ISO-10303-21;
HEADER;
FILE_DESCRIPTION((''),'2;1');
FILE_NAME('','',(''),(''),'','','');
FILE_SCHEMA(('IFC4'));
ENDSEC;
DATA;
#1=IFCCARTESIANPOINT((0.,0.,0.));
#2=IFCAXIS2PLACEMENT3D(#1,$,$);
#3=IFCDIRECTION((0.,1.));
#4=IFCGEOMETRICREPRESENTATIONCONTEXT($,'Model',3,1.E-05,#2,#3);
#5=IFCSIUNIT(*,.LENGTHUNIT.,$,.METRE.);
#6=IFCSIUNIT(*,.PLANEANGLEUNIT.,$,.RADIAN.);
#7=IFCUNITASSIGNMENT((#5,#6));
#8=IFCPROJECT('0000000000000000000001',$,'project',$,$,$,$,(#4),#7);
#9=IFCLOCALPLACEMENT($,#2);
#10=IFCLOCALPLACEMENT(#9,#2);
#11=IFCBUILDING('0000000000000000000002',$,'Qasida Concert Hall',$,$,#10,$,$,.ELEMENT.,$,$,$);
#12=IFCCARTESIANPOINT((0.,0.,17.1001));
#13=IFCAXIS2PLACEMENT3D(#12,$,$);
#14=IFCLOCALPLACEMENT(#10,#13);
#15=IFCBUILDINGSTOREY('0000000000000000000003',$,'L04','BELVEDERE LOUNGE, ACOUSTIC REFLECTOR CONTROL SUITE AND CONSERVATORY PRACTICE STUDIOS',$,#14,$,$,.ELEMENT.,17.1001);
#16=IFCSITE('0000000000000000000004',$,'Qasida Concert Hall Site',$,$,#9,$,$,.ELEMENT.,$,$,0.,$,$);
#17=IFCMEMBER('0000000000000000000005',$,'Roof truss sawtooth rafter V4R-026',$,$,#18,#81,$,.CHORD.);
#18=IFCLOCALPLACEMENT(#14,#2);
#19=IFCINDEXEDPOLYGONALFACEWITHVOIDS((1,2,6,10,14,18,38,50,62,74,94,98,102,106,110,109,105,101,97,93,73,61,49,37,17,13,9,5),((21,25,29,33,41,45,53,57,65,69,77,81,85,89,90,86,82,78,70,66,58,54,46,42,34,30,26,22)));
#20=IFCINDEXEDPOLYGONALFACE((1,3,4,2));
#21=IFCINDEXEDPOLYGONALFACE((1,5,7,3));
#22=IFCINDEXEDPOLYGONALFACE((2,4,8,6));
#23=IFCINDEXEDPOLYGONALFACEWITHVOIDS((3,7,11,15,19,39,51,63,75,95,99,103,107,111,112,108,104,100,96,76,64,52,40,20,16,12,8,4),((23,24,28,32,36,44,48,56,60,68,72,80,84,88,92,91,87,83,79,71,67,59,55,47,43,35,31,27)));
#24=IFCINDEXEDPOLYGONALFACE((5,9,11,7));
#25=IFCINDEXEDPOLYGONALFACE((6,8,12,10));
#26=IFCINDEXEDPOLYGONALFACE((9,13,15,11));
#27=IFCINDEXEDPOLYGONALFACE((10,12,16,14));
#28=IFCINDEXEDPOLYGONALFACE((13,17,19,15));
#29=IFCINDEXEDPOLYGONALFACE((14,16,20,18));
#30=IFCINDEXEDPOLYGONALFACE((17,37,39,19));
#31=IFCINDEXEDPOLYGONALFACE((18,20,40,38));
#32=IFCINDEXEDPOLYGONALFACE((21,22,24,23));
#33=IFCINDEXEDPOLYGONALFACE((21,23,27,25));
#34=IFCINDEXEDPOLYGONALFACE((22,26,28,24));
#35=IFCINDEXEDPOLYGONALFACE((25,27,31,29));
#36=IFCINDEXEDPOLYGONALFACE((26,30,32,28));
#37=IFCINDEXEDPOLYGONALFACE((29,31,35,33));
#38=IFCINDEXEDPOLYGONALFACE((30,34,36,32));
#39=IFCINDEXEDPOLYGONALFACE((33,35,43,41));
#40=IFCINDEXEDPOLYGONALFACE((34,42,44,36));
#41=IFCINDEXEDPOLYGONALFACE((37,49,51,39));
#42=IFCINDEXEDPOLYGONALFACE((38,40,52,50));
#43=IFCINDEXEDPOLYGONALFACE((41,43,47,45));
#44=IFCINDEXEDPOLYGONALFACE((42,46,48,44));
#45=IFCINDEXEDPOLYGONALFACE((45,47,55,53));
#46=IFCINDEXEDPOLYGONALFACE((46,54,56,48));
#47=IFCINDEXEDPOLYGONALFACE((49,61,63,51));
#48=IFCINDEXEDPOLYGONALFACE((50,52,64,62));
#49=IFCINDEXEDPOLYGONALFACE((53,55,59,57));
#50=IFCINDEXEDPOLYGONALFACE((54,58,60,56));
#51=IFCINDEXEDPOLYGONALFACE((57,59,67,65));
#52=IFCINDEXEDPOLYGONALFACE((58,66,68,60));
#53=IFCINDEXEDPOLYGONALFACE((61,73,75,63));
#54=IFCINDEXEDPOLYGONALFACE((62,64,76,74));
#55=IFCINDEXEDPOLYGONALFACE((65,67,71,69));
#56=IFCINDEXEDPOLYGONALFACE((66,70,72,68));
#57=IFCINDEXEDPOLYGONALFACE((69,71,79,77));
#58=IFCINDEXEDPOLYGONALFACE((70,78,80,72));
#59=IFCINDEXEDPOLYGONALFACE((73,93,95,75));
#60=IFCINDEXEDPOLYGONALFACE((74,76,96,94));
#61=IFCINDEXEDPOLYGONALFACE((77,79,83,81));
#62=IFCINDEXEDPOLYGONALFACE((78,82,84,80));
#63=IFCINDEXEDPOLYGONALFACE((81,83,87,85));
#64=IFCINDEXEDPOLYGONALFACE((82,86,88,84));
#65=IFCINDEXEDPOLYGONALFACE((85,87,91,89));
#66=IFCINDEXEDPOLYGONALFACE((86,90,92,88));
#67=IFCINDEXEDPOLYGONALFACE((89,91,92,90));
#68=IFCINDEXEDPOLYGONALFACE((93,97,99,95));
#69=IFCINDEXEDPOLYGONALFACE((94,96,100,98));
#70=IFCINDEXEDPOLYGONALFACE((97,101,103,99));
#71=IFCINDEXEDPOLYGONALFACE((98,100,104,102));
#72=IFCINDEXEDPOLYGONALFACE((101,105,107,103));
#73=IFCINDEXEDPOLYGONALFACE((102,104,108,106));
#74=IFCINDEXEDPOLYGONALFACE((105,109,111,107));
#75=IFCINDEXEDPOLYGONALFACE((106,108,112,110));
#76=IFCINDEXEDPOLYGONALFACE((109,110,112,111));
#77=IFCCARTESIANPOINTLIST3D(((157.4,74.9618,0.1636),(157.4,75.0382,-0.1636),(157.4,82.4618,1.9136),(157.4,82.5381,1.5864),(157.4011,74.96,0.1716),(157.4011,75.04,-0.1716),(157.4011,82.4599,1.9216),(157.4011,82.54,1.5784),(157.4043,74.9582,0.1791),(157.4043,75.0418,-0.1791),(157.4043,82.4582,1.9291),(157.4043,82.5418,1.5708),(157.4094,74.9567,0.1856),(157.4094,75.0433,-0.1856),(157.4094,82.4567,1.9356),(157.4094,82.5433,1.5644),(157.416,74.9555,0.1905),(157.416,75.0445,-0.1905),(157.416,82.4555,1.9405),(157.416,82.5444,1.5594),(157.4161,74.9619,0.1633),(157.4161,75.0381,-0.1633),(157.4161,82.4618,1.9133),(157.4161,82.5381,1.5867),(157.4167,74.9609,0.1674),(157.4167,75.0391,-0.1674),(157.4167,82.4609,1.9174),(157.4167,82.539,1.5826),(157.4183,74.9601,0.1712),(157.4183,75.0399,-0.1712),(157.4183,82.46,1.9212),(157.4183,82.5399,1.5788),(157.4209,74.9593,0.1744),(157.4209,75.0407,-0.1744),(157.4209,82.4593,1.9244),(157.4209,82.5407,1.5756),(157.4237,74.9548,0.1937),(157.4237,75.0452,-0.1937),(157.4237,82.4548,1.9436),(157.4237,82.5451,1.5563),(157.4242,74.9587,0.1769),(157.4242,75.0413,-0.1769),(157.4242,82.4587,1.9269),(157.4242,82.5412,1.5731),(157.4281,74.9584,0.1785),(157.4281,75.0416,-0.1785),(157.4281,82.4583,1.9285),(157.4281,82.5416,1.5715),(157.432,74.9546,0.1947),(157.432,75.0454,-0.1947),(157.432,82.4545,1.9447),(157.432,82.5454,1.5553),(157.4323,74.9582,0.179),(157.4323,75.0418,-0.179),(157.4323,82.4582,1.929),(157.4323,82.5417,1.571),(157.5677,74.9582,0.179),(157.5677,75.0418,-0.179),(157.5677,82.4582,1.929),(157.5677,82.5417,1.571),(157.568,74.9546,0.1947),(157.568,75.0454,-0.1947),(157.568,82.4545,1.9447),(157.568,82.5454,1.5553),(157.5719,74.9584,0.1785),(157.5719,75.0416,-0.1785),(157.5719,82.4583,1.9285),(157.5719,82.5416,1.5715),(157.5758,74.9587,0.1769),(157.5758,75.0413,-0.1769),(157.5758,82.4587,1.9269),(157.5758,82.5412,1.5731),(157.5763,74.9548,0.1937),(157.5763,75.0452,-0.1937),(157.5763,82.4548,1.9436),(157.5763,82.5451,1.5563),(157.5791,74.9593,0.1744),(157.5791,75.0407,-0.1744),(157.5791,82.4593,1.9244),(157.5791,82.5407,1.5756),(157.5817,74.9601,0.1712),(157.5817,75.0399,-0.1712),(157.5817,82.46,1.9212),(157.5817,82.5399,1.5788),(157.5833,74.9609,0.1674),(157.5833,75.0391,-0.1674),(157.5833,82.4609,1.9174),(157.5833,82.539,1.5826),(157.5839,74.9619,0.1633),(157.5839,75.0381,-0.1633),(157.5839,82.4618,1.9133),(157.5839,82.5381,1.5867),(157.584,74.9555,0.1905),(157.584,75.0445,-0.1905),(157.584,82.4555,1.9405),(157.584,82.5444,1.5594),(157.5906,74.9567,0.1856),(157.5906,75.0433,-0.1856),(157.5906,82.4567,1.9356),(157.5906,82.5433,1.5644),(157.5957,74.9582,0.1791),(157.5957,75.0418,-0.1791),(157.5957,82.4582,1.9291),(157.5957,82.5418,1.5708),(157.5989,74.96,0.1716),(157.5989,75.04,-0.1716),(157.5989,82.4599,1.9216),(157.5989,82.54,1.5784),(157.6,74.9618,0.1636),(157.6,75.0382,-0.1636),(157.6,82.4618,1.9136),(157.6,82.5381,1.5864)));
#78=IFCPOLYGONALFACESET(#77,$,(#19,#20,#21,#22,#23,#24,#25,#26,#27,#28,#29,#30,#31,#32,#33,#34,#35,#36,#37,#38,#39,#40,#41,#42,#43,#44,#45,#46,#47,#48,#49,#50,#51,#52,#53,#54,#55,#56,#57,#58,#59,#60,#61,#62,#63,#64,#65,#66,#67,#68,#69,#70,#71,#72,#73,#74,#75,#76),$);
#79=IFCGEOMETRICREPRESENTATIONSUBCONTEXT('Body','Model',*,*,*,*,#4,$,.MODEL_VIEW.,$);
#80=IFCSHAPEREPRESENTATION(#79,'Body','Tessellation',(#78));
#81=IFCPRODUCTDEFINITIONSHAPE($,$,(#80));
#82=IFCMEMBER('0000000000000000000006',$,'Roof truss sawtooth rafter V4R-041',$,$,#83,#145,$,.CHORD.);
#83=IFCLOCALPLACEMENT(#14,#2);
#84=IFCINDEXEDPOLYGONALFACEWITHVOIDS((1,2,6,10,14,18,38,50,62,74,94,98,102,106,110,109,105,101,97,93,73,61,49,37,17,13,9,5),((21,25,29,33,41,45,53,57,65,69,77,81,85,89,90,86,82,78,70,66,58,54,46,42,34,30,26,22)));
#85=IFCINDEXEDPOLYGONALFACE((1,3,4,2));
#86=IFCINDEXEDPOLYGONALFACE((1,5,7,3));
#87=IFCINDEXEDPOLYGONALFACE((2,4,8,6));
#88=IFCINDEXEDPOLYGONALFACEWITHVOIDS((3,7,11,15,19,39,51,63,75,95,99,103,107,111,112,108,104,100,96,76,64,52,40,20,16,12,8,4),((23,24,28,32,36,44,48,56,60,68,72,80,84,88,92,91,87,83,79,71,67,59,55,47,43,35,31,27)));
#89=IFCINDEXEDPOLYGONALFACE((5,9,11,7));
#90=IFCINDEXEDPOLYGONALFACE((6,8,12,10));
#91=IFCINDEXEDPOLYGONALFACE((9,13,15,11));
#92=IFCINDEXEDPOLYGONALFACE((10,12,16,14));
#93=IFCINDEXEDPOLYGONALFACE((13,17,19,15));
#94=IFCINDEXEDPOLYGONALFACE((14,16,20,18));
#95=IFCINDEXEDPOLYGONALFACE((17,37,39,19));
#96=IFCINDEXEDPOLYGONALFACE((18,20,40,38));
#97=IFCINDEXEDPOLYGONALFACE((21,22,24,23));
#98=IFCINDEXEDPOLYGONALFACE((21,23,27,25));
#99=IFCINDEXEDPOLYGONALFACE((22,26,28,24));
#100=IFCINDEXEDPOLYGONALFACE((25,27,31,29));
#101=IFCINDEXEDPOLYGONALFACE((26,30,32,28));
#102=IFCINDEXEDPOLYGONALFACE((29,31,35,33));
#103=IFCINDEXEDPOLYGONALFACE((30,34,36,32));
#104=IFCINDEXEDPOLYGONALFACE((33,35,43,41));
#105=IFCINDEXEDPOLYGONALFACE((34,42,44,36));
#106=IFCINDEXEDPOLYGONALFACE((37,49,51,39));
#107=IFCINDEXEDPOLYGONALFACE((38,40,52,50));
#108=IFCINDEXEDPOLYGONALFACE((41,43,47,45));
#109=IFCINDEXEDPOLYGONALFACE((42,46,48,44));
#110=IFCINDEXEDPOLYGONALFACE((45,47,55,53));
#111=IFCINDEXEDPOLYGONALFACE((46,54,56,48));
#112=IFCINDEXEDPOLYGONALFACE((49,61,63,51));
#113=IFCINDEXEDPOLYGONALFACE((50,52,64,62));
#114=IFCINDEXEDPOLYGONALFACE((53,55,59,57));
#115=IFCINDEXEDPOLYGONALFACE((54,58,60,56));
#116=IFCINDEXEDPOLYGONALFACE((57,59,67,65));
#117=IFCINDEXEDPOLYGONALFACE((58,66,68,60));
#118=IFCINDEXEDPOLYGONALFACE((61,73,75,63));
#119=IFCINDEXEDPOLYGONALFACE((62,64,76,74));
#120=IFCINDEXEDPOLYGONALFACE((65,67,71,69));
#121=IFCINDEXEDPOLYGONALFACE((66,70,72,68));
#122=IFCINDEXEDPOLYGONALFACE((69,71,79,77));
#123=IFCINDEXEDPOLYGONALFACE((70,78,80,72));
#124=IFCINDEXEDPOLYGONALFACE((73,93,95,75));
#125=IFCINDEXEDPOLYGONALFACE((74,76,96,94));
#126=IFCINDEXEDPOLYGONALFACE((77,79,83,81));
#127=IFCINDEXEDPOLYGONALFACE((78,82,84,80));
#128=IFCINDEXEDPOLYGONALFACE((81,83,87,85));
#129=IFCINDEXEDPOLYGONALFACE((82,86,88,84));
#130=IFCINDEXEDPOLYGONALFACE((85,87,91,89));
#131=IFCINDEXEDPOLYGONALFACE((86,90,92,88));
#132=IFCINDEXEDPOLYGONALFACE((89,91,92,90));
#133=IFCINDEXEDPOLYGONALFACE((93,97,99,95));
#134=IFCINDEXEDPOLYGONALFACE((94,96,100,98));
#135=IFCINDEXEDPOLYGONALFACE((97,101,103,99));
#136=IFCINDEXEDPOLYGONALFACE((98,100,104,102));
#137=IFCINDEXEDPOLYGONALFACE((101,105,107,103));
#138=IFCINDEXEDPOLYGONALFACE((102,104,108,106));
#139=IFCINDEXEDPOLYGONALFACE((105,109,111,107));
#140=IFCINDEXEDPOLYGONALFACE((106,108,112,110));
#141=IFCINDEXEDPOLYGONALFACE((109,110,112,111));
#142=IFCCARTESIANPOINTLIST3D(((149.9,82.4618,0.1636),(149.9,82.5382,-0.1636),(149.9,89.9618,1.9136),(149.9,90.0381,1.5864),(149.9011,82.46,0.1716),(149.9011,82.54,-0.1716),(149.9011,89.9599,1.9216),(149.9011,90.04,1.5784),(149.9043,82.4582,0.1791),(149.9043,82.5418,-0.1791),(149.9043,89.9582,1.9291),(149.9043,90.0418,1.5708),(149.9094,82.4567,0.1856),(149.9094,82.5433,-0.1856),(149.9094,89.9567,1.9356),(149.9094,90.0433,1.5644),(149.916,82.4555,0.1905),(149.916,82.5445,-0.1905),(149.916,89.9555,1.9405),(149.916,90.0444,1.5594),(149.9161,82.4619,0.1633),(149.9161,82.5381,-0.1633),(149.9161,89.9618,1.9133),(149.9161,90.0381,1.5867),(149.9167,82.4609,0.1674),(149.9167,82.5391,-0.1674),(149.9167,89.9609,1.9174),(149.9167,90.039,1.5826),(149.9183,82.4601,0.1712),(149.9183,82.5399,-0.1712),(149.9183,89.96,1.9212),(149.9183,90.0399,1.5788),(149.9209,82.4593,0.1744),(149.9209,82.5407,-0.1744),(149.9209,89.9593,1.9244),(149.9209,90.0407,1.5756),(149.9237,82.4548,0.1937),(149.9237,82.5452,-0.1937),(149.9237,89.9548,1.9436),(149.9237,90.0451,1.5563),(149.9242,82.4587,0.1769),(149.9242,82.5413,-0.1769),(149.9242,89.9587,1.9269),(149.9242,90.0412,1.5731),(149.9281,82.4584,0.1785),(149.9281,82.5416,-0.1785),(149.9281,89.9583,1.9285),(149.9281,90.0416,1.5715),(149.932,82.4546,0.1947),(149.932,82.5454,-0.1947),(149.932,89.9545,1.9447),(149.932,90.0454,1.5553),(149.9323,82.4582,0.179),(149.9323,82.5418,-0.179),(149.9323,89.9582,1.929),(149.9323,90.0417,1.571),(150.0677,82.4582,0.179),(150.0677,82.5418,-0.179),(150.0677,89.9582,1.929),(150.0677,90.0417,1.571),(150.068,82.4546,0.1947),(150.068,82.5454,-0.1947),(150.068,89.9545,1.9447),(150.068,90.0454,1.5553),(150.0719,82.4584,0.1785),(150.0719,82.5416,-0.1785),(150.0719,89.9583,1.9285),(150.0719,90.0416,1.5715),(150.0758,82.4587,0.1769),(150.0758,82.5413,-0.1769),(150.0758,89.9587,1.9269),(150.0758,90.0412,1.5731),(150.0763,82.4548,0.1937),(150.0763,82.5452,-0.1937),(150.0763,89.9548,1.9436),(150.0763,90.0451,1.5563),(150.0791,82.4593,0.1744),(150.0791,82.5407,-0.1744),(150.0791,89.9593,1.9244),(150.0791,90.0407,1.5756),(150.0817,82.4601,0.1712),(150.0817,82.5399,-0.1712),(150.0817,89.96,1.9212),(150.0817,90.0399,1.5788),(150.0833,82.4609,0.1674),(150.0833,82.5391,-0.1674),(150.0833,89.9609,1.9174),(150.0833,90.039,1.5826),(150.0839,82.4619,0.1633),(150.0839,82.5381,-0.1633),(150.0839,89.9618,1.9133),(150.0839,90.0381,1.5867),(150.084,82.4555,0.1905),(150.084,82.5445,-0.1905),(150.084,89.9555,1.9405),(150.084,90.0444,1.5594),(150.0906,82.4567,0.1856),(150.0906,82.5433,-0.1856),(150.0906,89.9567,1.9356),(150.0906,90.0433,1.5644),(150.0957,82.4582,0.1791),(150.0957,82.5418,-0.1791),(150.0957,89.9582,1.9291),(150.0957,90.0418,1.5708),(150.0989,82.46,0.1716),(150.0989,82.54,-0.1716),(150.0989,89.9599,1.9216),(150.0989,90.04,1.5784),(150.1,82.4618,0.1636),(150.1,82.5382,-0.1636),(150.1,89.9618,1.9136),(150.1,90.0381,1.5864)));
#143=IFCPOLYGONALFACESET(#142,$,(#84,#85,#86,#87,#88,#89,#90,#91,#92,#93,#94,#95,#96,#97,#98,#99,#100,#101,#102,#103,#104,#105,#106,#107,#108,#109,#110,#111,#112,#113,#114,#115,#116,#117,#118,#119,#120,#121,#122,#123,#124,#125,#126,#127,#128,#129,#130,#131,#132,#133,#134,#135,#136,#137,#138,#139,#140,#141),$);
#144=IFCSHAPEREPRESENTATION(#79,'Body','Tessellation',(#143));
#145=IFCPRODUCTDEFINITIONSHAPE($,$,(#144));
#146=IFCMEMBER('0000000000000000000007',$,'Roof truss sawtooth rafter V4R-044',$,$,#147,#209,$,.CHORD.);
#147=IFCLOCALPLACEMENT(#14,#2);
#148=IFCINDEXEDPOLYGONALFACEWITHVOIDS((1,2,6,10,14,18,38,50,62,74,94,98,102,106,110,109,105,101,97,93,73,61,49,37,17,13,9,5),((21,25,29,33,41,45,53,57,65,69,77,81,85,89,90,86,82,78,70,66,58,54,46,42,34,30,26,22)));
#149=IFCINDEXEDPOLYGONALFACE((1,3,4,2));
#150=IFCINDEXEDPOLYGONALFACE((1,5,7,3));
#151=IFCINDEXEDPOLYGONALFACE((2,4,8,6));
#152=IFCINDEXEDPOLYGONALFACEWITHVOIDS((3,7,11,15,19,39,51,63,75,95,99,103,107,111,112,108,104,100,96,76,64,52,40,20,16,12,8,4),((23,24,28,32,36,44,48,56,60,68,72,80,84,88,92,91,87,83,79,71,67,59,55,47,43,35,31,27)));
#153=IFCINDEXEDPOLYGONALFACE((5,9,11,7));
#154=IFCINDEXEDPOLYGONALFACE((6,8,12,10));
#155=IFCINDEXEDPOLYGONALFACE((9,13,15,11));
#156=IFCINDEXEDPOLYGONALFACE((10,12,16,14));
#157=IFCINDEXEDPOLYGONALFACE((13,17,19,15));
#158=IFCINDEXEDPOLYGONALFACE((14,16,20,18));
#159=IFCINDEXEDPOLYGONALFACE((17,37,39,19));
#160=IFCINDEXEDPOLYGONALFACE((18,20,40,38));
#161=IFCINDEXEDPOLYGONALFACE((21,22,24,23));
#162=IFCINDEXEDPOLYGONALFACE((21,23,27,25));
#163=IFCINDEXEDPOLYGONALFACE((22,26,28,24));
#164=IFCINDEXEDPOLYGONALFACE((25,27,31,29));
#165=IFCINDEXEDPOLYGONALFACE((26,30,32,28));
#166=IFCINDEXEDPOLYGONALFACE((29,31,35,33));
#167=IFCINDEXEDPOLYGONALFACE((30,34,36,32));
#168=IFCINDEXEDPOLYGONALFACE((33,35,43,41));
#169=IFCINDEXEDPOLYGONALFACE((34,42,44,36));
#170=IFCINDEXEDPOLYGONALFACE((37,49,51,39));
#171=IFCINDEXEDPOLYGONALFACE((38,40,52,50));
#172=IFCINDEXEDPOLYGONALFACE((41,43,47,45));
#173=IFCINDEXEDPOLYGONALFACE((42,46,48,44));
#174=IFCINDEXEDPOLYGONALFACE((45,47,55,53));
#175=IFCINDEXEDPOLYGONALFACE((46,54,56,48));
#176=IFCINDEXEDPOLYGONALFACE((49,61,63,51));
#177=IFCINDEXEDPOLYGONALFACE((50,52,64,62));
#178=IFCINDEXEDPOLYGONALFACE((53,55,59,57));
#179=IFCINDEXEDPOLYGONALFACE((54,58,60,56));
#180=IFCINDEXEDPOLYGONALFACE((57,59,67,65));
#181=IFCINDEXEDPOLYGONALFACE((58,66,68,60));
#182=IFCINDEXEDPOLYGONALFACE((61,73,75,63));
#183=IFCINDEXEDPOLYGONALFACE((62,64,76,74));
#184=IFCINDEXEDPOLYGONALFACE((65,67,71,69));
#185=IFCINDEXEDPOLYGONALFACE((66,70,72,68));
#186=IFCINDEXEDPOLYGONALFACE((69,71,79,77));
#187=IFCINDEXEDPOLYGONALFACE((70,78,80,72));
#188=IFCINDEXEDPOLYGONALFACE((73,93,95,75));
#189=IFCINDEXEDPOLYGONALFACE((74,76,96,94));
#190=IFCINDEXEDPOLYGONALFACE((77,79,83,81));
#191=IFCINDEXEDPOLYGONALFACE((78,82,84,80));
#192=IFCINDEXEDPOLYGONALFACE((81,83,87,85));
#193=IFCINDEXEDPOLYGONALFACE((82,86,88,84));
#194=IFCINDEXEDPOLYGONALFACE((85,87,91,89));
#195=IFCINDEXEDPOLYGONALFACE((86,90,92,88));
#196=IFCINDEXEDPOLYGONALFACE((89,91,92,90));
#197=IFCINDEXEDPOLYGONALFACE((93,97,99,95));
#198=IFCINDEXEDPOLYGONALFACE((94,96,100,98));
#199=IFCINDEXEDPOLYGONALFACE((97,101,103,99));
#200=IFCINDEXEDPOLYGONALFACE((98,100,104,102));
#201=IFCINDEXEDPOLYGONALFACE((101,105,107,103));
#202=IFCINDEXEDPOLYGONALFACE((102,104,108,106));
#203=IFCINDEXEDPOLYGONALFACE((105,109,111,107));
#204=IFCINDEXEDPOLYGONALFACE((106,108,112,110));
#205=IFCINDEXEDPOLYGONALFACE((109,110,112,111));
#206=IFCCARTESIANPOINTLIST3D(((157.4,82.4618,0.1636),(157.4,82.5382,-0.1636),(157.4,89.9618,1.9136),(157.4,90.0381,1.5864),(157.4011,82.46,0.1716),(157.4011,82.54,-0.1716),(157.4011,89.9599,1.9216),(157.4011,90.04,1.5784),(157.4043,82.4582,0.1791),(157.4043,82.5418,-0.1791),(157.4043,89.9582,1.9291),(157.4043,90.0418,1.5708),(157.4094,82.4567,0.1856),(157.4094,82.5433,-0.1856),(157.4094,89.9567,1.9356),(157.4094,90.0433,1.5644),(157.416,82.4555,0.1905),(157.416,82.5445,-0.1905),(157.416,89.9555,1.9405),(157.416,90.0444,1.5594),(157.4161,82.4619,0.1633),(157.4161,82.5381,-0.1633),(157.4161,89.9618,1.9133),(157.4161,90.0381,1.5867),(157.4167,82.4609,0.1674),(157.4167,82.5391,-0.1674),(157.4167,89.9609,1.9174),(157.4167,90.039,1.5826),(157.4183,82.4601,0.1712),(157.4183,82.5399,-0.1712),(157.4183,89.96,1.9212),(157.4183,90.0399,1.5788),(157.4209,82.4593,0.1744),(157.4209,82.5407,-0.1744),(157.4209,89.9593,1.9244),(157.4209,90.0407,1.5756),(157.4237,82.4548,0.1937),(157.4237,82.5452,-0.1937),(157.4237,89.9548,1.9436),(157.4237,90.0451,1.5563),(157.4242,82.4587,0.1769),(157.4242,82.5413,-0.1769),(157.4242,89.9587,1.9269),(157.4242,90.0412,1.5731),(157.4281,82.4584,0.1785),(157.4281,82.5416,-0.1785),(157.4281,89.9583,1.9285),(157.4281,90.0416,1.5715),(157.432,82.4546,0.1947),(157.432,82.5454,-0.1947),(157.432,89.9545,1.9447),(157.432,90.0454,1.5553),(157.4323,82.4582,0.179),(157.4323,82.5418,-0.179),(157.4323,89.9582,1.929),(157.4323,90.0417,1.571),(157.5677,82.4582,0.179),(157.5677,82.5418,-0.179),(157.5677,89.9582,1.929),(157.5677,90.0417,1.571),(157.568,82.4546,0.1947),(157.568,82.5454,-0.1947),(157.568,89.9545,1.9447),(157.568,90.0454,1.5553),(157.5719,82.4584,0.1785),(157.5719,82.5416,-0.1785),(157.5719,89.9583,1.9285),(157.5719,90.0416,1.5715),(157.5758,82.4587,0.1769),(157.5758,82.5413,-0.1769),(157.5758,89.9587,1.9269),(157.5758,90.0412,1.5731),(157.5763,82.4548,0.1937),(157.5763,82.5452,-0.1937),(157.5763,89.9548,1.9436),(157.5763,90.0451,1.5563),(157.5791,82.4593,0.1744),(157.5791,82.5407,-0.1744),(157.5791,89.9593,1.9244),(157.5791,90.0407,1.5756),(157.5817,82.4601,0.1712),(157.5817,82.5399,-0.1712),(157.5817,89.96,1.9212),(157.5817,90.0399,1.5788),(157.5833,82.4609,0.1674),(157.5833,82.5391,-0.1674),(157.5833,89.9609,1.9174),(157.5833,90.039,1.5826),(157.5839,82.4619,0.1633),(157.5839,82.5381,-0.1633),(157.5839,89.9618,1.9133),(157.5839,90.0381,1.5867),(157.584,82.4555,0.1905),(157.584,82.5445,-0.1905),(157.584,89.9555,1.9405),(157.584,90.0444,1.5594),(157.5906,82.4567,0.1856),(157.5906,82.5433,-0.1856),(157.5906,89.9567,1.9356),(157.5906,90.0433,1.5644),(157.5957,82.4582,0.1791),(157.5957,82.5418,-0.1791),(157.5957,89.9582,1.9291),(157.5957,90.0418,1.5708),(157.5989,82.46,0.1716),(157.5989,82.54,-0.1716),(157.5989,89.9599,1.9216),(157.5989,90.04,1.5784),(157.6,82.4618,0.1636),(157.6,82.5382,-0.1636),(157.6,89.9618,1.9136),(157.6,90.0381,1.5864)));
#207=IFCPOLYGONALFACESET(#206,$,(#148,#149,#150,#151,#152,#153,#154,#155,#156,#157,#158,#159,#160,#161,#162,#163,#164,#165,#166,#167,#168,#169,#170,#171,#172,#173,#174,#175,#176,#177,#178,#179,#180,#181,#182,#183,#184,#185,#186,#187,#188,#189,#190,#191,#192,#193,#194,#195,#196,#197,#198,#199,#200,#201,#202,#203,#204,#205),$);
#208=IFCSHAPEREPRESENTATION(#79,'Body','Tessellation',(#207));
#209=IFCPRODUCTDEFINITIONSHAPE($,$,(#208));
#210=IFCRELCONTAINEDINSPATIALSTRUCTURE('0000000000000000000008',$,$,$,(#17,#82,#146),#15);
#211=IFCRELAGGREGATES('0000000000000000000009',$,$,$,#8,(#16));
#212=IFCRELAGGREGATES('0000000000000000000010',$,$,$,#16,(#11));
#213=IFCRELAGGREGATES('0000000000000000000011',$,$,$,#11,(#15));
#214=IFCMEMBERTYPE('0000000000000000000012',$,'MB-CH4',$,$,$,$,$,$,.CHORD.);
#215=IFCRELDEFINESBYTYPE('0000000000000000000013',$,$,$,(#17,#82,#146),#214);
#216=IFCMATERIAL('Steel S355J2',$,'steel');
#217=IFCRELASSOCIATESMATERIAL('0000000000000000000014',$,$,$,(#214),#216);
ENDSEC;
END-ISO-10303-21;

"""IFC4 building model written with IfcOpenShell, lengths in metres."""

from ifc_helpers import new_model, si_unit, direction, frame, origin, origin_2d, place, context, subcontext, project, spatial, hollow_rectangle, extrude, material, material_profile, profile_set, type_object, element, save


model = new_model("IFC4")

# Units and contexts
model_context = context("Model", 3, precision=1e-05, world=origin(), true_north=direction((0.0, 1.0)))
body_context = subcontext(model_context, "Body", "Model", "MODEL_VIEW")
ifc_project = project(units=[si_unit("LENGTHUNIT", "METRE"), si_unit("PLANEANGLEUNIT", "RADIAN")], contexts=[model_context])

# Site, building, storey
site_placement = place(None, origin())
site = spatial("IfcSite", under=ifc_project, at=site_placement, Name="Qasida Concert Hall Site", CompositionType="ELEMENT", RefElevation=0.0)
building_placement = place(site_placement, origin())
building = spatial("IfcBuilding", under=site, at=building_placement, Name="Qasida Concert Hall", CompositionType="ELEMENT")
storey_placement = place(building_placement, frame((0.0, 0.0, 17.1001)))
storey = spatial("IfcBuildingStorey", under=building, at=storey_placement, Name="L04", Description="BELVEDERE LOUNGE, ACOUSTIC REFLECTOR CONTROL SUITE AND CONSERVATORY PRACTICE STUDIOS", CompositionType="ELEMENT", Elevation=17.1001)

# Members
ifc_material = material(Name="Steel S355J2", Category="steel")
ifc_material_profile_1 = material_profile(ifc_material, hollow_rectangle(XDim=0.2, YDim=0.3999, WallThickness=0.0161, InnerFilletRadius=0.0161, OuterFilletRadius=0.032, at=origin_2d()), Name="RHS 400x200x16")
ifc_profile_set_1 = profile_set([ifc_material_profile_1], Name="Steel S355J2")
member_type_1 = type_object("IfcMemberType", Name="MB-CH4", PredefinedType="CHORD", material=ifc_profile_set_1)
for number, where, z_axis, x_axis, name in (
    (1, (157.5, 75.0, 0.0), (0.0, 0.973841, 0.22723), (-1.0, 0.0, 0.0), "Roof truss sawtooth rafter V4R-026"),
    (2, (150.0, 82.5, 0.0), (0.0, 0.973841, 0.22723), (-1.0, 0.0, 0.0), "Roof truss sawtooth rafter V4R-041"),
    (3, (157.5, 82.5, 0.0), (0.0, 0.973841, 0.22723), (-1.0, 0.0, 0.0), "Roof truss sawtooth rafter V4R-044"),
):
    element("IfcMember", number, at=place(storey_placement, frame(where, z_axis=z_axis, x_axis=x_axis)), inside=storey, type_object=member_type_1, Name=name, PredefinedType="CHORD", context=body_context, shape_type="SweptSolid", body=[
        extrude(hollow_rectangle(XDim=0.2, YDim=0.3999, WallThickness=0.0161, InnerFilletRadius=0.0161, OuterFilletRadius=0.032, at=origin_2d()), origin(), (0.0, 0.0, 1.0), 7.7014),
    ])

save(model, "model.ifc")
